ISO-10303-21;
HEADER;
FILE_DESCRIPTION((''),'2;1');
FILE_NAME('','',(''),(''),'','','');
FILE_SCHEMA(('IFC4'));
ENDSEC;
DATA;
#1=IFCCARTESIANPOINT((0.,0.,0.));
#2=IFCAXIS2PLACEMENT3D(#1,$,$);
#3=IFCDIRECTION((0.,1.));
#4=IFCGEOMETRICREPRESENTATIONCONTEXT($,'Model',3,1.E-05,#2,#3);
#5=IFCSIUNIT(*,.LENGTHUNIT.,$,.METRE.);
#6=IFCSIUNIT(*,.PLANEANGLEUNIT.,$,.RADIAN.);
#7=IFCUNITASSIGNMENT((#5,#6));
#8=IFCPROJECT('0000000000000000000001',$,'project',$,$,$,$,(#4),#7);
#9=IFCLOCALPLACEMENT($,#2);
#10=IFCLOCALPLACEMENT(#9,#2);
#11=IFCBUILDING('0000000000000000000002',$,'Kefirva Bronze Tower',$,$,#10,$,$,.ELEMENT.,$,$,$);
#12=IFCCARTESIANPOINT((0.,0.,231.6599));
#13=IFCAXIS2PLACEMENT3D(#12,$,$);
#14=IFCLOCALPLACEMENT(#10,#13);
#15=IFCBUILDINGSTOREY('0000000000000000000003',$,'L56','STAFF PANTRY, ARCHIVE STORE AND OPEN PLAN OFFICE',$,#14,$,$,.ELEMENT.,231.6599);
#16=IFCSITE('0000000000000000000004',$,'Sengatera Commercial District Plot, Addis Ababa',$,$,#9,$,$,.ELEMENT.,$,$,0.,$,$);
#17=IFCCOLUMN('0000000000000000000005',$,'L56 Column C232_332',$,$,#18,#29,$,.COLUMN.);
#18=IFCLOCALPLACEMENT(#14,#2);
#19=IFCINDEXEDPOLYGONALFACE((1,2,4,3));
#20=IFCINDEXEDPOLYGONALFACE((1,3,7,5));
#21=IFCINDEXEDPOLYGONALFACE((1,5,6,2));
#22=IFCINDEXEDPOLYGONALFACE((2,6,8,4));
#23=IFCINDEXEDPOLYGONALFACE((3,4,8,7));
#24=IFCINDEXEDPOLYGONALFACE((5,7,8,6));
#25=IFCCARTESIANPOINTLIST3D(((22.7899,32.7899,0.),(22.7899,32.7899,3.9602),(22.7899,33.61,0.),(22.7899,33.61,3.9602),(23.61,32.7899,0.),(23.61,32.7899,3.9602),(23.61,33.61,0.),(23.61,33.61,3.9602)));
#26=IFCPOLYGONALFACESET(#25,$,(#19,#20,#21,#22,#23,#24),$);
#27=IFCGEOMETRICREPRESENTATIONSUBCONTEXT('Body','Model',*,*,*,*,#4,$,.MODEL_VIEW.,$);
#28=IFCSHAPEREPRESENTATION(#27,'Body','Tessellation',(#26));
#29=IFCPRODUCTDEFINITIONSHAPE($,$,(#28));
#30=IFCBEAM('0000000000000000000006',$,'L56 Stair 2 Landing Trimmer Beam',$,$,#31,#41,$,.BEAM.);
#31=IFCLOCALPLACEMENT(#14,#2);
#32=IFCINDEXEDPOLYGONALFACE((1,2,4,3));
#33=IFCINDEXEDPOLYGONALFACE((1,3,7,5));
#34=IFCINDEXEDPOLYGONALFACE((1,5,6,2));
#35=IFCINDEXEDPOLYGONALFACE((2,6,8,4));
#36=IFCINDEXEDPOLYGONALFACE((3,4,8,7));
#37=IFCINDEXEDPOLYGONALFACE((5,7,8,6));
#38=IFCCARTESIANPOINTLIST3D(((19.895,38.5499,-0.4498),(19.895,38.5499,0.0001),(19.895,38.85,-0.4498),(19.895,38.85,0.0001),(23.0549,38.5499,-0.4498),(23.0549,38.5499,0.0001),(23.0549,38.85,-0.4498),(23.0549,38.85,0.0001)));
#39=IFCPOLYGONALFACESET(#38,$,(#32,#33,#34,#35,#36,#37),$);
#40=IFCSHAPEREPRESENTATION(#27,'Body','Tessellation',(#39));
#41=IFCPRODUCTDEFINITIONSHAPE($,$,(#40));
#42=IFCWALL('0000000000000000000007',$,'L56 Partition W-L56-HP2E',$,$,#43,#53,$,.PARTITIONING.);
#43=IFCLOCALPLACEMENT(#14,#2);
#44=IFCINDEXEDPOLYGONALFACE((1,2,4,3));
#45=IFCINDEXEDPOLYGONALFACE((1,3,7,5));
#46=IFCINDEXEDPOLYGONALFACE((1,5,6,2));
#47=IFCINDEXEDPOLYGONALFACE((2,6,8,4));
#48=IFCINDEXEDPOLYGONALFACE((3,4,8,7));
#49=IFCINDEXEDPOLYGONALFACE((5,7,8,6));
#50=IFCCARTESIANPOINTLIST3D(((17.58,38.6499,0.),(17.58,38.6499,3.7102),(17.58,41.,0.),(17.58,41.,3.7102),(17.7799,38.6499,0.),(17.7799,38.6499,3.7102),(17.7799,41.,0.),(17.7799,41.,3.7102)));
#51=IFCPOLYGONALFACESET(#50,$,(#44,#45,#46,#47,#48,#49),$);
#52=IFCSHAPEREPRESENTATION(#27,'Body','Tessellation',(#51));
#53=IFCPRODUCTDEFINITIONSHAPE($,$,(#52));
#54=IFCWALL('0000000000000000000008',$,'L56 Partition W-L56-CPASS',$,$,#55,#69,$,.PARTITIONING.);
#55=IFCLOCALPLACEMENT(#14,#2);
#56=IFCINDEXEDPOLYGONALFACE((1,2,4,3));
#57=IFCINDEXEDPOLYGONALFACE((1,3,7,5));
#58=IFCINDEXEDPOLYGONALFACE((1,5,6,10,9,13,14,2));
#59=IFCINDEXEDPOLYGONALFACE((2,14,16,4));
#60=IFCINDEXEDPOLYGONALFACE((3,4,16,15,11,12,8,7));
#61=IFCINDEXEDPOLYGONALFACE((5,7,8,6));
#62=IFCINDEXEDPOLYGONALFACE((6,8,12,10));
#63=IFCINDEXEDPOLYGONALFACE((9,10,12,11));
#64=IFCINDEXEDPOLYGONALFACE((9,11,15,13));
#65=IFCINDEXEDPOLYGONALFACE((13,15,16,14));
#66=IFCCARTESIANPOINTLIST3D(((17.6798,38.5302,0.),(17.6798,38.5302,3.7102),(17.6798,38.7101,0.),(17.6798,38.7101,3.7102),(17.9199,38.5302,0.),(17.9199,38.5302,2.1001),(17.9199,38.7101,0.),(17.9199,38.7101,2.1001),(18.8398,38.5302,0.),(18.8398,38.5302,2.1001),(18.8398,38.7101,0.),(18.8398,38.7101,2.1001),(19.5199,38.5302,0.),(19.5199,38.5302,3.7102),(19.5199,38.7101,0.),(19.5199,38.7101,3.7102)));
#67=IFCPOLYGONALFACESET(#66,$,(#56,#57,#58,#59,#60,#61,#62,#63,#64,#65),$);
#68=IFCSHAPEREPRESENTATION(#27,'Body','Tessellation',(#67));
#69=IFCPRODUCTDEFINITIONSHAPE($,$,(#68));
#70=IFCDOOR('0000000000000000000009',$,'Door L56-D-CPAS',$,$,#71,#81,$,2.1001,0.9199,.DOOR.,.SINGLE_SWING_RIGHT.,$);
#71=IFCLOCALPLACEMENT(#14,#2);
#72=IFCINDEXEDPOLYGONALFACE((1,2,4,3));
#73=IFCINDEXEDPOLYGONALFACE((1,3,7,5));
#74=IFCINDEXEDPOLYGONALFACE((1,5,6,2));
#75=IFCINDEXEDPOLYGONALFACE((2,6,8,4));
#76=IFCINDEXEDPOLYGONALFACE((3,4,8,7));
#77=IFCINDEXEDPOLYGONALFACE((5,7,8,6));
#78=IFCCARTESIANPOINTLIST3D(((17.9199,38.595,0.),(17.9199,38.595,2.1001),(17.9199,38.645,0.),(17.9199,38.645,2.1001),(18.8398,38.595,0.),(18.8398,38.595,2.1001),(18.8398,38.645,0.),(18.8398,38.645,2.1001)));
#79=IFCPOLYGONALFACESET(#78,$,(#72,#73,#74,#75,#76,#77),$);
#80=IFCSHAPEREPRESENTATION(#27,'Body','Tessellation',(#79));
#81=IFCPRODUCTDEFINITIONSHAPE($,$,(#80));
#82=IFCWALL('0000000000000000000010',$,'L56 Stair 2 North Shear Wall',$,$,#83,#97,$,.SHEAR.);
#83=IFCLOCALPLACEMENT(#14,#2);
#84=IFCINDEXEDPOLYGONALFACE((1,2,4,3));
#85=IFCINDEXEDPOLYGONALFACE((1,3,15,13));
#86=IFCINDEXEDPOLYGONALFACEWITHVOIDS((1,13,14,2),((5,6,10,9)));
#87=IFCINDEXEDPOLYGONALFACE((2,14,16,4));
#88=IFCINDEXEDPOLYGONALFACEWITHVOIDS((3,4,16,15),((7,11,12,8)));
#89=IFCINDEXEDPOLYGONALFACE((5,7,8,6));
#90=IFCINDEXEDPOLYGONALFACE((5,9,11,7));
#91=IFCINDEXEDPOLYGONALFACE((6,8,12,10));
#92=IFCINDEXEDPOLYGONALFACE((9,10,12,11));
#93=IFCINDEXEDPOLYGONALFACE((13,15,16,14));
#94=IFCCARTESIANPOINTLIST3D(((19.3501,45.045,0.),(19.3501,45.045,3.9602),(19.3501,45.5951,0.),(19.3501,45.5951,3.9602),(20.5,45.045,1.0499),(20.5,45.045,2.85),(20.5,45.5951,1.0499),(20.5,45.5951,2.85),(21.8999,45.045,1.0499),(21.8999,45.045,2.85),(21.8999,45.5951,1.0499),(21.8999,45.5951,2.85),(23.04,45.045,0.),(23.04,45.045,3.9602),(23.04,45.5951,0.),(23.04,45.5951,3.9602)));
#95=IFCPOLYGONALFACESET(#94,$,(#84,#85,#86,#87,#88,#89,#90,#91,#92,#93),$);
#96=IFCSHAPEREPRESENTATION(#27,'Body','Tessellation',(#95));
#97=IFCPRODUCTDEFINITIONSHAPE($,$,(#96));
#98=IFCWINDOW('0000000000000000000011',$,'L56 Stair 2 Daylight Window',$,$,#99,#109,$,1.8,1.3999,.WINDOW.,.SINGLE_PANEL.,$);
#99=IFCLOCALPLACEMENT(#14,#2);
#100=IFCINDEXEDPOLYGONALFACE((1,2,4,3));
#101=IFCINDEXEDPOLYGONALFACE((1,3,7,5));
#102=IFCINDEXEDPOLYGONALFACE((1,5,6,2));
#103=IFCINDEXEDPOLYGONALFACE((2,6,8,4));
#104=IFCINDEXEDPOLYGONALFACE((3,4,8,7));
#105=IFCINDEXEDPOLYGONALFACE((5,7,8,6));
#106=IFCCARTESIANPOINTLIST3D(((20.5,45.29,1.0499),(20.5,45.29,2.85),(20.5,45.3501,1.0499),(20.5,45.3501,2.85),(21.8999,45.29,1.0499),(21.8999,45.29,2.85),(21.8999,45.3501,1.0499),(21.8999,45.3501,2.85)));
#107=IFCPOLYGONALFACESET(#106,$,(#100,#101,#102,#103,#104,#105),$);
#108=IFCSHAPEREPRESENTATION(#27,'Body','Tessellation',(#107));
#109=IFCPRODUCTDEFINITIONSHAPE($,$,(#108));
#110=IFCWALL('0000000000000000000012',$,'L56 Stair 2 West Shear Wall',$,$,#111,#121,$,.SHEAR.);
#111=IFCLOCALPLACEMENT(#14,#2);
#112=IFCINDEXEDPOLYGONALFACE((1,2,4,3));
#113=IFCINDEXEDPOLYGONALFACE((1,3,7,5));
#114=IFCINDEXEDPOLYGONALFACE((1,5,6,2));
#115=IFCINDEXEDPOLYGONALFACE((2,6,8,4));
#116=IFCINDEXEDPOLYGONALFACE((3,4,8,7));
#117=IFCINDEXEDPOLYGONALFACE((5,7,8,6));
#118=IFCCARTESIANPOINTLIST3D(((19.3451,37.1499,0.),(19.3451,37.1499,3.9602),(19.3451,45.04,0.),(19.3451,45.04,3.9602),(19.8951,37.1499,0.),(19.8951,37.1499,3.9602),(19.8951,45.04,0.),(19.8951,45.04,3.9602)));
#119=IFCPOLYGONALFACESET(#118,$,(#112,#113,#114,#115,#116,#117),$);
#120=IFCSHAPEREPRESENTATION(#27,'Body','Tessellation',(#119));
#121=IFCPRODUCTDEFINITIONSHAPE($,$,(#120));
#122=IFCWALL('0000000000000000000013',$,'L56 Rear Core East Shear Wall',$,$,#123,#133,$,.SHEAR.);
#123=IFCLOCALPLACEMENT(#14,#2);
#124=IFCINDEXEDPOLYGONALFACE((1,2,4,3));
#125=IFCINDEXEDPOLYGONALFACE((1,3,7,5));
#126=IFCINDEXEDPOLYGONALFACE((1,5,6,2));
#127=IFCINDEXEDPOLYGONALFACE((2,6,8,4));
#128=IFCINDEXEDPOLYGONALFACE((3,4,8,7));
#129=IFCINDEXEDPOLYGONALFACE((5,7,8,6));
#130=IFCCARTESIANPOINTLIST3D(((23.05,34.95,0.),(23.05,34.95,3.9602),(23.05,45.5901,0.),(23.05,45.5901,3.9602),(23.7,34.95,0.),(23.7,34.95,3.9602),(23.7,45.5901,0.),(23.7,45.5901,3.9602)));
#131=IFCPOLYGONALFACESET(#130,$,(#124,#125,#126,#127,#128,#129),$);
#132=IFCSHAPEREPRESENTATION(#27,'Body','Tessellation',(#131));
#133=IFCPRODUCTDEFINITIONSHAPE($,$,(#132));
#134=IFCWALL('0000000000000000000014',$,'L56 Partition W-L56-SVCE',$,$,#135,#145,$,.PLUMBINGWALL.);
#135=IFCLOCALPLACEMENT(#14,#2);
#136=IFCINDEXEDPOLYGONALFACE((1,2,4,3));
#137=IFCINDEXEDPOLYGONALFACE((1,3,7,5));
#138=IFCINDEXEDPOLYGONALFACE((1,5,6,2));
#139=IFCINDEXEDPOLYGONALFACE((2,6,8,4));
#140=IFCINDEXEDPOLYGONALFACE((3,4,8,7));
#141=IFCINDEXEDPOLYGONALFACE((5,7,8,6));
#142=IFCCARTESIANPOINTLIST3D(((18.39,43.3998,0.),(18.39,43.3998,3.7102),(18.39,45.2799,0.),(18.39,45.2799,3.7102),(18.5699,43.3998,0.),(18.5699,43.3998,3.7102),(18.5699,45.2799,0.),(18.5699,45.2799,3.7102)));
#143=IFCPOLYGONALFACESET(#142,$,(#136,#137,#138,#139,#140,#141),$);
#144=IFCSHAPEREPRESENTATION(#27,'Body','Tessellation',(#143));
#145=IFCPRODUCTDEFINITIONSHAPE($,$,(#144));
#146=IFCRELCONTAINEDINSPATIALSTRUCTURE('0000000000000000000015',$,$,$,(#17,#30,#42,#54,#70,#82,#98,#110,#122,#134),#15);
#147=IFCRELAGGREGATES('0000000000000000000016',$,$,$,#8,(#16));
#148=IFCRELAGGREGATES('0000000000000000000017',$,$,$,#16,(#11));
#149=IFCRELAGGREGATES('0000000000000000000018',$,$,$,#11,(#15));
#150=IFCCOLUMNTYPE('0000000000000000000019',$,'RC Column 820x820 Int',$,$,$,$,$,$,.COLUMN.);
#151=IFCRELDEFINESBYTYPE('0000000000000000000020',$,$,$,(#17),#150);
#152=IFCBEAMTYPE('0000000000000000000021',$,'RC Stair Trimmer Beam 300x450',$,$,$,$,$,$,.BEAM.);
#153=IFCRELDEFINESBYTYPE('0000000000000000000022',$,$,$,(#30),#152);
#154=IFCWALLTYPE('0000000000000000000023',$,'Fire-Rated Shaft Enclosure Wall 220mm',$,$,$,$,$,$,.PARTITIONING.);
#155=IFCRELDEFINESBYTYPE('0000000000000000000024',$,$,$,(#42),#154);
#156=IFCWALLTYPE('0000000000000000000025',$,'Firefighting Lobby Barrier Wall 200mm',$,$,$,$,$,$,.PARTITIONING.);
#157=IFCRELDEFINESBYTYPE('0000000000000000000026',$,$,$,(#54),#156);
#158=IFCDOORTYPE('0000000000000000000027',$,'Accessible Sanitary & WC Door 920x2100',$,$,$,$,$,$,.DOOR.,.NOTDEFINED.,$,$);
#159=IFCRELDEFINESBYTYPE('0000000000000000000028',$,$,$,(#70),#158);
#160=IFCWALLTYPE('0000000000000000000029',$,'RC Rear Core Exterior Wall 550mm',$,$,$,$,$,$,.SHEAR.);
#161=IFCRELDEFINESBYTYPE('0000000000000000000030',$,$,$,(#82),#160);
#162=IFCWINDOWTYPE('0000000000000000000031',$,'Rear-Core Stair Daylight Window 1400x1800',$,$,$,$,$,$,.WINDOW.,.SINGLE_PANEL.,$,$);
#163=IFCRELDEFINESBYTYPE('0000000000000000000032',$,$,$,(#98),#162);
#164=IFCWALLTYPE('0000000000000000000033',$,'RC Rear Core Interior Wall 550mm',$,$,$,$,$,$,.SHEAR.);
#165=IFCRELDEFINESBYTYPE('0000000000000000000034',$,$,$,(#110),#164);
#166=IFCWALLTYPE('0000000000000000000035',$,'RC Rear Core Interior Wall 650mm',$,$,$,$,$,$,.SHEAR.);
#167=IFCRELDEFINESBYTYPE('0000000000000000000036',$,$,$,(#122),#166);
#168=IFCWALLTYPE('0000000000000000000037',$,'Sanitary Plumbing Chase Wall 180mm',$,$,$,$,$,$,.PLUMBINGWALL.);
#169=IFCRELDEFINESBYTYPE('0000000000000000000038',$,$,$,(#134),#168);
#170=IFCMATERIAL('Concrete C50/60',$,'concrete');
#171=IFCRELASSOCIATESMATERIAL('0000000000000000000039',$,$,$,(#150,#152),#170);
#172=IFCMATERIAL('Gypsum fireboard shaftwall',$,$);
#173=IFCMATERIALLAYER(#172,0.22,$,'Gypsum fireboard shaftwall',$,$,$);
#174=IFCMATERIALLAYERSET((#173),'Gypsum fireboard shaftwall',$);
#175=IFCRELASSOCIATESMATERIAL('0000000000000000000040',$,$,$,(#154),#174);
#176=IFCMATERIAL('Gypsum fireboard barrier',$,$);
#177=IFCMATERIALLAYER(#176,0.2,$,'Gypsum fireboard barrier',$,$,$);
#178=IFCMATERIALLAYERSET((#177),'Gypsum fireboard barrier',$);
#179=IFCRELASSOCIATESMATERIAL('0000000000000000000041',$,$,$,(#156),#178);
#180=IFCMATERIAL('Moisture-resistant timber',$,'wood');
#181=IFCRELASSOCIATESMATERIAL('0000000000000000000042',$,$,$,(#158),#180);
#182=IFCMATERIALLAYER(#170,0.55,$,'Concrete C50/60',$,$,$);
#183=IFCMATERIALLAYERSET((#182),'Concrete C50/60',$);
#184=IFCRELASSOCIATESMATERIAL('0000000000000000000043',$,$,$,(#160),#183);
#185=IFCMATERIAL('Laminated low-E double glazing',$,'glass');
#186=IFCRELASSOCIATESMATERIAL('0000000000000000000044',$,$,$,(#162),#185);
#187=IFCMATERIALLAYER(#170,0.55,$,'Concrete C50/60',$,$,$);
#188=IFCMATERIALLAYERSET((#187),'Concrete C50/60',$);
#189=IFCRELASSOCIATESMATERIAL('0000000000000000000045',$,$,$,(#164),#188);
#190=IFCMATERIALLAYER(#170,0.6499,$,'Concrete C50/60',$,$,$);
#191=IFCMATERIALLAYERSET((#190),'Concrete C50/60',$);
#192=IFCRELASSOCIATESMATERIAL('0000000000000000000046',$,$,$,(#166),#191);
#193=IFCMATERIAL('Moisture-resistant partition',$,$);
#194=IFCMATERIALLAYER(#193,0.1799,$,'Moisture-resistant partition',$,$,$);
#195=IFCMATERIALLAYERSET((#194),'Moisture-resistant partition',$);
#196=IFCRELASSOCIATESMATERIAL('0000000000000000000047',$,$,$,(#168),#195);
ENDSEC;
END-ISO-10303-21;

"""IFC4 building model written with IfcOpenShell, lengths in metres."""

from ifc_helpers import new_model, si_unit, direction, frame, frame_2d, origin, origin_2d, place, context, subcontext, project, spatial, rectangle, extrude, material, layer, layer_set, material_profile, profile_set, type_object, element, fill, save


model = new_model("IFC4")

# Units and contexts
model_context = context("Model", 3, precision=1e-05, world=origin(), true_north=direction((0.0, 1.0)))
body_context = subcontext(model_context, "Body", "Model", "MODEL_VIEW")
ifc_project = project(units=[si_unit("LENGTHUNIT", "METRE"), si_unit("PLANEANGLEUNIT", "RADIAN")], contexts=[model_context])

# Site, building, storey
site_placement = place(None, origin())
site = spatial("IfcSite", under=ifc_project, at=site_placement, Name="Sengatera Commercial District Plot, Addis Ababa", CompositionType="ELEMENT", RefElevation=0.0)
building_placement = place(site_placement, origin())
building = spatial("IfcBuilding", under=site, at=building_placement, Name="Kefirva Bronze Tower", CompositionType="ELEMENT")
storey_placement = place(building_placement, frame((0.0, 0.0, 231.6599)))
storey = spatial("IfcBuildingStorey", under=building, at=storey_placement, Name="L56", Description="STAFF PANTRY, ARCHIVE STORE AND OPEN PLAN OFFICE", CompositionType="ELEMENT", Elevation=231.6599)

# Column
ifc_material_1 = material(Name="Concrete C50/60", Category="concrete")
ifc_material_profile_1 = material_profile(ifc_material_1, rectangle(XDim=0.8201, YDim=0.8201, at=origin_2d()), Name="RC 820x820")
ifc_profile_set_1 = profile_set([ifc_material_profile_1], Name="Concrete C50/60")
column_type = type_object("IfcColumnType", Name="RC Column 820x820 Int", PredefinedType="COLUMN", material=ifc_profile_set_1)
column_placement = place(storey_placement, frame((23.2, 33.2, 0.0), z_axis=(0.0, 0.0, 1.0), x_axis=(1.0, 0.0, 0.0)))
element("IfcColumn", 1, at=column_placement, inside=storey, type_object=column_type, Name="L56 Column C232_332", PredefinedType="COLUMN", context=body_context, shape_type="SweptSolid", body=[
    extrude(rectangle(XDim=0.8201, YDim=0.8201, at=origin_2d()), origin(), (0.0, 0.0, 1.0), 3.9602),
])

# Beam
ifc_material_profile_2 = material_profile(ifc_material_1, rectangle(XDim=0.3, YDim=0.45, at=origin_2d()), Name="RC 300x450")
ifc_profile_set_2 = profile_set([ifc_material_profile_2], Name="Concrete C50/60")
beam_type = type_object("IfcBeamType", Name="RC Stair Trimmer Beam 300x450", PredefinedType="BEAM", material=ifc_profile_set_2)
beam_placement = place(storey_placement, frame((19.895, 38.7, -0.2249), z_axis=(1.0, 0.0, 0.0), x_axis=(0.0, 1.0, 0.0)))
element("IfcBeam", 2, at=beam_placement, inside=storey, type_object=beam_type, Name="L56 Stair 2 Landing Trimmer Beam", PredefinedType="BEAM", context=body_context, shape_type="SweptSolid", body=[
    extrude(rectangle(XDim=0.3, YDim=0.45, at=origin_2d()), origin(), (0.0, 0.0, 1.0), 3.1599),
])

# Shared definitions
ifc_material_2 = material(Name="Gypsum fireboard shaftwall")
ifc_layer_1 = layer(ifc_material_2, 0.22, Name="Gypsum fireboard shaftwall")
ifc_layer_set_1 = layer_set([ifc_layer_1], Name="Gypsum fireboard shaftwall")
wall_type_1 = type_object("IfcWallType", Name="Fire-Rated Shaft Enclosure Wall 220mm", PredefinedType="PARTITIONING", material=ifc_layer_set_1)

# Wall
wall_1_placement = place(storey_placement, frame((17.6799, 38.6499, 0.0), z_axis=(0.0, 0.0, 1.0), x_axis=(0.0, 1.0, 0.0)))
element("IfcWall", 3, at=wall_1_placement, inside=storey, type_object=wall_type_1, Name="L56 Partition W-L56-HP2E", PredefinedType="PARTITIONING", context=body_context, shape_type="SweptSolid", body=[
    extrude(rectangle(XDim=2.3501, YDim=0.2, at=frame_2d((1.175, 0.0))), origin(), (0.0, 0.0, 1.0), 3.7102),
])

# Wall, opening, door
ifc_material_3 = material(Name="Gypsum fireboard barrier")
ifc_layer_2 = layer(ifc_material_3, 0.2, Name="Gypsum fireboard barrier")
ifc_layer_set_2 = layer_set([ifc_layer_2], Name="Gypsum fireboard barrier")
wall_type_2 = type_object("IfcWallType", Name="Firefighting Lobby Barrier Wall 200mm", PredefinedType="PARTITIONING", material=ifc_layer_set_2)
wall_2_placement = place(storey_placement, frame((17.6799, 38.6201, 0.0), z_axis=(0.0, 0.0, 1.0), x_axis=(1.0, 0.0, 0.0)))
wall_2 = element("IfcWall", 4, at=wall_2_placement, inside=storey, type_object=wall_type_2, Name="L56 Partition W-L56-CPASS", PredefinedType="PARTITIONING", context=body_context, shape_type="SweptSolid", body=[
    extrude(rectangle(XDim=1.8401, YDim=0.1799, at=frame_2d((0.9199, 0.0))), origin(), (0.0, 0.0, 1.0), 3.7102),
])
opening_1_placement = place(wall_2_placement, frame((0.24, 0.0, 0.0)))
opening_1 = element("IfcOpeningElement", 5, at=opening_1_placement, cuts=wall_2, PredefinedType="OPENING", context=body_context, shape_type="SweptSolid", body=[
    extrude(rectangle(XDim=0.9199, YDim=2.1001, at=frame_2d((0.46, 1.05))), frame((0.0, 0.1001, 0.0), z_axis=(0.0, -1.0, 0.0), x_axis=(1.0, 0.0, 0.0)), (0.0, 0.0, 1.0), 0.2),
])
ifc_material_4 = material(Name="Moisture-resistant timber", Category="wood")
door_type_1 = type_object("IfcDoorType", Name="Accessible Sanitary & WC Door 920x2100", OperationType="NOTDEFINED", PredefinedType="DOOR", material=ifc_material_4)
door_1_placement = place(opening_1_placement, origin())
door_1 = element("IfcDoor", 6, at=door_1_placement, inside=storey, type_object=door_type_1, Name="Door L56-D-CPAS", OperationType="SINGLE_SWING_RIGHT", OverallHeight=2.1001, OverallWidth=0.9199, PredefinedType="DOOR", context=body_context, shape_type="SweptSolid", body=[
    extrude(rectangle(XDim=0.9199, YDim=2.1001, at=frame_2d((0.46, 1.05))), frame((0.0, 0.0249, 0.0), z_axis=(0.0, -1.0, 0.0), x_axis=(1.0, 0.0, 0.0)), (0.0, 0.0, 1.0), 0.05),
])
fill(opening_1, door_1)

# Wall, opening, window
ifc_layer_3 = layer(ifc_material_1, 0.55, Name="Concrete C50/60")
ifc_layer_set_3 = layer_set([ifc_layer_3], Name="Concrete C50/60")
wall_type_3 = type_object("IfcWallType", Name="RC Rear Core Exterior Wall 550mm", PredefinedType="SHEAR", material=ifc_layer_set_3)
wall_3_placement = place(storey_placement, frame((19.3501, 45.3201, 0.0), z_axis=(0.0, 0.0, 1.0), x_axis=(1.0, 0.0, 0.0)))
wall_3 = element("IfcWall", 7, at=wall_3_placement, inside=storey, type_object=wall_type_3, Name="L56 Stair 2 North Shear Wall", PredefinedType="SHEAR", context=body_context, shape_type="SweptSolid", body=[
    extrude(rectangle(XDim=3.6899, YDim=0.55, at=frame_2d((1.845, 0.0))), origin(), (0.0, 0.0, 1.0), 3.9602),
])
opening_2_placement = place(wall_3_placement, frame((1.1499, 0.0, 1.05)))
opening_2 = element("IfcOpeningElement", 8, at=opening_2_placement, cuts=wall_3, PredefinedType="OPENING", context=body_context, shape_type="SweptSolid", body=[
    extrude(rectangle(XDim=1.3999, YDim=1.8, at=frame_2d((0.7, 0.8999))), frame((0.0, 0.2852, 0.0), z_axis=(0.0, -1.0, 0.0), x_axis=(1.0, 0.0, 0.0)), (0.0, 0.0, 1.0), 0.5701),
])
ifc_material_5 = material(Name="Laminated low-E double glazing", Category="glass")
window_type = type_object("IfcWindowType", Name="Rear-Core Stair Daylight Window 1400x1800", PartitioningType="SINGLE_PANEL", PredefinedType="WINDOW", material=ifc_material_5)
window_placement = place(opening_2_placement, origin())
window = element("IfcWindow", 9, at=window_placement, inside=storey, type_object=window_type, Name="L56 Stair 2 Daylight Window", OverallHeight=1.8, OverallWidth=1.3999, PartitioningType="SINGLE_PANEL", PredefinedType="WINDOW", context=body_context, shape_type="SweptSolid", body=[
    extrude(rectangle(XDim=1.3999, YDim=1.8, at=frame_2d((0.7, 0.8999))), frame((0.0, 0.03, 0.0), z_axis=(0.0, -1.0, 0.0), x_axis=(1.0, 0.0, 0.0)), (0.0, 0.0, 1.0), 0.0601),
])
fill(opening_2, window)

# Walls
ifc_layer_4 = layer(ifc_material_1, 0.55, Name="Concrete C50/60")
ifc_layer_set_4 = layer_set([ifc_layer_4], Name="Concrete C50/60")
wall_type_4 = type_object("IfcWallType", Name="RC Rear Core Interior Wall 550mm", PredefinedType="SHEAR", material=ifc_layer_set_4)
wall_4_placement = place(storey_placement, frame((19.6201, 37.1499, 0.0), z_axis=(0.0, 0.0, 1.0), x_axis=(0.0, 1.0, 0.0)))
element("IfcWall", 10, at=wall_4_placement, inside=storey, type_object=wall_type_4, Name="L56 Stair 2 West Shear Wall", PredefinedType="SHEAR", context=body_context, shape_type="SweptSolid", body=[
    extrude(rectangle(XDim=7.8901, YDim=0.55, at=frame_2d((3.9451, 0.0))), origin(), (0.0, 0.0, 1.0), 3.9602),
])
ifc_layer_5 = layer(ifc_material_1, 0.6499, Name="Concrete C50/60")
ifc_layer_set_5 = layer_set([ifc_layer_5], Name="Concrete C50/60")
wall_type_5 = type_object("IfcWallType", Name="RC Rear Core Interior Wall 650mm", PredefinedType="SHEAR", material=ifc_layer_set_5)
wall_5_placement = place(storey_placement, frame((23.375, 34.95, 0.0), z_axis=(0.0, 0.0, 1.0), x_axis=(0.0, 1.0, 0.0)))
element("IfcWall", 11, at=wall_5_placement, inside=storey, type_object=wall_type_5, Name="L56 Rear Core East Shear Wall", PredefinedType="SHEAR", context=body_context, shape_type="SweptSolid", body=[
    extrude(rectangle(XDim=10.6401, YDim=0.6499, at=frame_2d((5.3201, 0.0))), origin(), (0.0, 0.0, 1.0), 3.9602),
])
ifc_material_6 = material(Name="Moisture-resistant partition")
ifc_layer_6 = layer(ifc_material_6, 0.1799, Name="Moisture-resistant partition")
ifc_layer_set_6 = layer_set([ifc_layer_6], Name="Moisture-resistant partition")
wall_type_6 = type_object("IfcWallType", Name="Sanitary Plumbing Chase Wall 180mm", PredefinedType="PLUMBINGWALL", material=ifc_layer_set_6)
wall_6_placement = place(storey_placement, frame((18.48, 43.3999, 0.0), z_axis=(0.0, 0.0, 1.0), x_axis=(0.0, 1.0, 0.0)))
element("IfcWall", 12, at=wall_6_placement, inside=storey, type_object=wall_type_6, Name="L56 Partition W-L56-SVCE", PredefinedType="PLUMBINGWALL", context=body_context, shape_type="SweptSolid", body=[
    extrude(rectangle(XDim=1.8801, YDim=0.1799, at=frame_2d((0.9399, 0.0))), origin(), (0.0, 0.0, 1.0), 3.7102),
])

save(model, "model.ifc")
